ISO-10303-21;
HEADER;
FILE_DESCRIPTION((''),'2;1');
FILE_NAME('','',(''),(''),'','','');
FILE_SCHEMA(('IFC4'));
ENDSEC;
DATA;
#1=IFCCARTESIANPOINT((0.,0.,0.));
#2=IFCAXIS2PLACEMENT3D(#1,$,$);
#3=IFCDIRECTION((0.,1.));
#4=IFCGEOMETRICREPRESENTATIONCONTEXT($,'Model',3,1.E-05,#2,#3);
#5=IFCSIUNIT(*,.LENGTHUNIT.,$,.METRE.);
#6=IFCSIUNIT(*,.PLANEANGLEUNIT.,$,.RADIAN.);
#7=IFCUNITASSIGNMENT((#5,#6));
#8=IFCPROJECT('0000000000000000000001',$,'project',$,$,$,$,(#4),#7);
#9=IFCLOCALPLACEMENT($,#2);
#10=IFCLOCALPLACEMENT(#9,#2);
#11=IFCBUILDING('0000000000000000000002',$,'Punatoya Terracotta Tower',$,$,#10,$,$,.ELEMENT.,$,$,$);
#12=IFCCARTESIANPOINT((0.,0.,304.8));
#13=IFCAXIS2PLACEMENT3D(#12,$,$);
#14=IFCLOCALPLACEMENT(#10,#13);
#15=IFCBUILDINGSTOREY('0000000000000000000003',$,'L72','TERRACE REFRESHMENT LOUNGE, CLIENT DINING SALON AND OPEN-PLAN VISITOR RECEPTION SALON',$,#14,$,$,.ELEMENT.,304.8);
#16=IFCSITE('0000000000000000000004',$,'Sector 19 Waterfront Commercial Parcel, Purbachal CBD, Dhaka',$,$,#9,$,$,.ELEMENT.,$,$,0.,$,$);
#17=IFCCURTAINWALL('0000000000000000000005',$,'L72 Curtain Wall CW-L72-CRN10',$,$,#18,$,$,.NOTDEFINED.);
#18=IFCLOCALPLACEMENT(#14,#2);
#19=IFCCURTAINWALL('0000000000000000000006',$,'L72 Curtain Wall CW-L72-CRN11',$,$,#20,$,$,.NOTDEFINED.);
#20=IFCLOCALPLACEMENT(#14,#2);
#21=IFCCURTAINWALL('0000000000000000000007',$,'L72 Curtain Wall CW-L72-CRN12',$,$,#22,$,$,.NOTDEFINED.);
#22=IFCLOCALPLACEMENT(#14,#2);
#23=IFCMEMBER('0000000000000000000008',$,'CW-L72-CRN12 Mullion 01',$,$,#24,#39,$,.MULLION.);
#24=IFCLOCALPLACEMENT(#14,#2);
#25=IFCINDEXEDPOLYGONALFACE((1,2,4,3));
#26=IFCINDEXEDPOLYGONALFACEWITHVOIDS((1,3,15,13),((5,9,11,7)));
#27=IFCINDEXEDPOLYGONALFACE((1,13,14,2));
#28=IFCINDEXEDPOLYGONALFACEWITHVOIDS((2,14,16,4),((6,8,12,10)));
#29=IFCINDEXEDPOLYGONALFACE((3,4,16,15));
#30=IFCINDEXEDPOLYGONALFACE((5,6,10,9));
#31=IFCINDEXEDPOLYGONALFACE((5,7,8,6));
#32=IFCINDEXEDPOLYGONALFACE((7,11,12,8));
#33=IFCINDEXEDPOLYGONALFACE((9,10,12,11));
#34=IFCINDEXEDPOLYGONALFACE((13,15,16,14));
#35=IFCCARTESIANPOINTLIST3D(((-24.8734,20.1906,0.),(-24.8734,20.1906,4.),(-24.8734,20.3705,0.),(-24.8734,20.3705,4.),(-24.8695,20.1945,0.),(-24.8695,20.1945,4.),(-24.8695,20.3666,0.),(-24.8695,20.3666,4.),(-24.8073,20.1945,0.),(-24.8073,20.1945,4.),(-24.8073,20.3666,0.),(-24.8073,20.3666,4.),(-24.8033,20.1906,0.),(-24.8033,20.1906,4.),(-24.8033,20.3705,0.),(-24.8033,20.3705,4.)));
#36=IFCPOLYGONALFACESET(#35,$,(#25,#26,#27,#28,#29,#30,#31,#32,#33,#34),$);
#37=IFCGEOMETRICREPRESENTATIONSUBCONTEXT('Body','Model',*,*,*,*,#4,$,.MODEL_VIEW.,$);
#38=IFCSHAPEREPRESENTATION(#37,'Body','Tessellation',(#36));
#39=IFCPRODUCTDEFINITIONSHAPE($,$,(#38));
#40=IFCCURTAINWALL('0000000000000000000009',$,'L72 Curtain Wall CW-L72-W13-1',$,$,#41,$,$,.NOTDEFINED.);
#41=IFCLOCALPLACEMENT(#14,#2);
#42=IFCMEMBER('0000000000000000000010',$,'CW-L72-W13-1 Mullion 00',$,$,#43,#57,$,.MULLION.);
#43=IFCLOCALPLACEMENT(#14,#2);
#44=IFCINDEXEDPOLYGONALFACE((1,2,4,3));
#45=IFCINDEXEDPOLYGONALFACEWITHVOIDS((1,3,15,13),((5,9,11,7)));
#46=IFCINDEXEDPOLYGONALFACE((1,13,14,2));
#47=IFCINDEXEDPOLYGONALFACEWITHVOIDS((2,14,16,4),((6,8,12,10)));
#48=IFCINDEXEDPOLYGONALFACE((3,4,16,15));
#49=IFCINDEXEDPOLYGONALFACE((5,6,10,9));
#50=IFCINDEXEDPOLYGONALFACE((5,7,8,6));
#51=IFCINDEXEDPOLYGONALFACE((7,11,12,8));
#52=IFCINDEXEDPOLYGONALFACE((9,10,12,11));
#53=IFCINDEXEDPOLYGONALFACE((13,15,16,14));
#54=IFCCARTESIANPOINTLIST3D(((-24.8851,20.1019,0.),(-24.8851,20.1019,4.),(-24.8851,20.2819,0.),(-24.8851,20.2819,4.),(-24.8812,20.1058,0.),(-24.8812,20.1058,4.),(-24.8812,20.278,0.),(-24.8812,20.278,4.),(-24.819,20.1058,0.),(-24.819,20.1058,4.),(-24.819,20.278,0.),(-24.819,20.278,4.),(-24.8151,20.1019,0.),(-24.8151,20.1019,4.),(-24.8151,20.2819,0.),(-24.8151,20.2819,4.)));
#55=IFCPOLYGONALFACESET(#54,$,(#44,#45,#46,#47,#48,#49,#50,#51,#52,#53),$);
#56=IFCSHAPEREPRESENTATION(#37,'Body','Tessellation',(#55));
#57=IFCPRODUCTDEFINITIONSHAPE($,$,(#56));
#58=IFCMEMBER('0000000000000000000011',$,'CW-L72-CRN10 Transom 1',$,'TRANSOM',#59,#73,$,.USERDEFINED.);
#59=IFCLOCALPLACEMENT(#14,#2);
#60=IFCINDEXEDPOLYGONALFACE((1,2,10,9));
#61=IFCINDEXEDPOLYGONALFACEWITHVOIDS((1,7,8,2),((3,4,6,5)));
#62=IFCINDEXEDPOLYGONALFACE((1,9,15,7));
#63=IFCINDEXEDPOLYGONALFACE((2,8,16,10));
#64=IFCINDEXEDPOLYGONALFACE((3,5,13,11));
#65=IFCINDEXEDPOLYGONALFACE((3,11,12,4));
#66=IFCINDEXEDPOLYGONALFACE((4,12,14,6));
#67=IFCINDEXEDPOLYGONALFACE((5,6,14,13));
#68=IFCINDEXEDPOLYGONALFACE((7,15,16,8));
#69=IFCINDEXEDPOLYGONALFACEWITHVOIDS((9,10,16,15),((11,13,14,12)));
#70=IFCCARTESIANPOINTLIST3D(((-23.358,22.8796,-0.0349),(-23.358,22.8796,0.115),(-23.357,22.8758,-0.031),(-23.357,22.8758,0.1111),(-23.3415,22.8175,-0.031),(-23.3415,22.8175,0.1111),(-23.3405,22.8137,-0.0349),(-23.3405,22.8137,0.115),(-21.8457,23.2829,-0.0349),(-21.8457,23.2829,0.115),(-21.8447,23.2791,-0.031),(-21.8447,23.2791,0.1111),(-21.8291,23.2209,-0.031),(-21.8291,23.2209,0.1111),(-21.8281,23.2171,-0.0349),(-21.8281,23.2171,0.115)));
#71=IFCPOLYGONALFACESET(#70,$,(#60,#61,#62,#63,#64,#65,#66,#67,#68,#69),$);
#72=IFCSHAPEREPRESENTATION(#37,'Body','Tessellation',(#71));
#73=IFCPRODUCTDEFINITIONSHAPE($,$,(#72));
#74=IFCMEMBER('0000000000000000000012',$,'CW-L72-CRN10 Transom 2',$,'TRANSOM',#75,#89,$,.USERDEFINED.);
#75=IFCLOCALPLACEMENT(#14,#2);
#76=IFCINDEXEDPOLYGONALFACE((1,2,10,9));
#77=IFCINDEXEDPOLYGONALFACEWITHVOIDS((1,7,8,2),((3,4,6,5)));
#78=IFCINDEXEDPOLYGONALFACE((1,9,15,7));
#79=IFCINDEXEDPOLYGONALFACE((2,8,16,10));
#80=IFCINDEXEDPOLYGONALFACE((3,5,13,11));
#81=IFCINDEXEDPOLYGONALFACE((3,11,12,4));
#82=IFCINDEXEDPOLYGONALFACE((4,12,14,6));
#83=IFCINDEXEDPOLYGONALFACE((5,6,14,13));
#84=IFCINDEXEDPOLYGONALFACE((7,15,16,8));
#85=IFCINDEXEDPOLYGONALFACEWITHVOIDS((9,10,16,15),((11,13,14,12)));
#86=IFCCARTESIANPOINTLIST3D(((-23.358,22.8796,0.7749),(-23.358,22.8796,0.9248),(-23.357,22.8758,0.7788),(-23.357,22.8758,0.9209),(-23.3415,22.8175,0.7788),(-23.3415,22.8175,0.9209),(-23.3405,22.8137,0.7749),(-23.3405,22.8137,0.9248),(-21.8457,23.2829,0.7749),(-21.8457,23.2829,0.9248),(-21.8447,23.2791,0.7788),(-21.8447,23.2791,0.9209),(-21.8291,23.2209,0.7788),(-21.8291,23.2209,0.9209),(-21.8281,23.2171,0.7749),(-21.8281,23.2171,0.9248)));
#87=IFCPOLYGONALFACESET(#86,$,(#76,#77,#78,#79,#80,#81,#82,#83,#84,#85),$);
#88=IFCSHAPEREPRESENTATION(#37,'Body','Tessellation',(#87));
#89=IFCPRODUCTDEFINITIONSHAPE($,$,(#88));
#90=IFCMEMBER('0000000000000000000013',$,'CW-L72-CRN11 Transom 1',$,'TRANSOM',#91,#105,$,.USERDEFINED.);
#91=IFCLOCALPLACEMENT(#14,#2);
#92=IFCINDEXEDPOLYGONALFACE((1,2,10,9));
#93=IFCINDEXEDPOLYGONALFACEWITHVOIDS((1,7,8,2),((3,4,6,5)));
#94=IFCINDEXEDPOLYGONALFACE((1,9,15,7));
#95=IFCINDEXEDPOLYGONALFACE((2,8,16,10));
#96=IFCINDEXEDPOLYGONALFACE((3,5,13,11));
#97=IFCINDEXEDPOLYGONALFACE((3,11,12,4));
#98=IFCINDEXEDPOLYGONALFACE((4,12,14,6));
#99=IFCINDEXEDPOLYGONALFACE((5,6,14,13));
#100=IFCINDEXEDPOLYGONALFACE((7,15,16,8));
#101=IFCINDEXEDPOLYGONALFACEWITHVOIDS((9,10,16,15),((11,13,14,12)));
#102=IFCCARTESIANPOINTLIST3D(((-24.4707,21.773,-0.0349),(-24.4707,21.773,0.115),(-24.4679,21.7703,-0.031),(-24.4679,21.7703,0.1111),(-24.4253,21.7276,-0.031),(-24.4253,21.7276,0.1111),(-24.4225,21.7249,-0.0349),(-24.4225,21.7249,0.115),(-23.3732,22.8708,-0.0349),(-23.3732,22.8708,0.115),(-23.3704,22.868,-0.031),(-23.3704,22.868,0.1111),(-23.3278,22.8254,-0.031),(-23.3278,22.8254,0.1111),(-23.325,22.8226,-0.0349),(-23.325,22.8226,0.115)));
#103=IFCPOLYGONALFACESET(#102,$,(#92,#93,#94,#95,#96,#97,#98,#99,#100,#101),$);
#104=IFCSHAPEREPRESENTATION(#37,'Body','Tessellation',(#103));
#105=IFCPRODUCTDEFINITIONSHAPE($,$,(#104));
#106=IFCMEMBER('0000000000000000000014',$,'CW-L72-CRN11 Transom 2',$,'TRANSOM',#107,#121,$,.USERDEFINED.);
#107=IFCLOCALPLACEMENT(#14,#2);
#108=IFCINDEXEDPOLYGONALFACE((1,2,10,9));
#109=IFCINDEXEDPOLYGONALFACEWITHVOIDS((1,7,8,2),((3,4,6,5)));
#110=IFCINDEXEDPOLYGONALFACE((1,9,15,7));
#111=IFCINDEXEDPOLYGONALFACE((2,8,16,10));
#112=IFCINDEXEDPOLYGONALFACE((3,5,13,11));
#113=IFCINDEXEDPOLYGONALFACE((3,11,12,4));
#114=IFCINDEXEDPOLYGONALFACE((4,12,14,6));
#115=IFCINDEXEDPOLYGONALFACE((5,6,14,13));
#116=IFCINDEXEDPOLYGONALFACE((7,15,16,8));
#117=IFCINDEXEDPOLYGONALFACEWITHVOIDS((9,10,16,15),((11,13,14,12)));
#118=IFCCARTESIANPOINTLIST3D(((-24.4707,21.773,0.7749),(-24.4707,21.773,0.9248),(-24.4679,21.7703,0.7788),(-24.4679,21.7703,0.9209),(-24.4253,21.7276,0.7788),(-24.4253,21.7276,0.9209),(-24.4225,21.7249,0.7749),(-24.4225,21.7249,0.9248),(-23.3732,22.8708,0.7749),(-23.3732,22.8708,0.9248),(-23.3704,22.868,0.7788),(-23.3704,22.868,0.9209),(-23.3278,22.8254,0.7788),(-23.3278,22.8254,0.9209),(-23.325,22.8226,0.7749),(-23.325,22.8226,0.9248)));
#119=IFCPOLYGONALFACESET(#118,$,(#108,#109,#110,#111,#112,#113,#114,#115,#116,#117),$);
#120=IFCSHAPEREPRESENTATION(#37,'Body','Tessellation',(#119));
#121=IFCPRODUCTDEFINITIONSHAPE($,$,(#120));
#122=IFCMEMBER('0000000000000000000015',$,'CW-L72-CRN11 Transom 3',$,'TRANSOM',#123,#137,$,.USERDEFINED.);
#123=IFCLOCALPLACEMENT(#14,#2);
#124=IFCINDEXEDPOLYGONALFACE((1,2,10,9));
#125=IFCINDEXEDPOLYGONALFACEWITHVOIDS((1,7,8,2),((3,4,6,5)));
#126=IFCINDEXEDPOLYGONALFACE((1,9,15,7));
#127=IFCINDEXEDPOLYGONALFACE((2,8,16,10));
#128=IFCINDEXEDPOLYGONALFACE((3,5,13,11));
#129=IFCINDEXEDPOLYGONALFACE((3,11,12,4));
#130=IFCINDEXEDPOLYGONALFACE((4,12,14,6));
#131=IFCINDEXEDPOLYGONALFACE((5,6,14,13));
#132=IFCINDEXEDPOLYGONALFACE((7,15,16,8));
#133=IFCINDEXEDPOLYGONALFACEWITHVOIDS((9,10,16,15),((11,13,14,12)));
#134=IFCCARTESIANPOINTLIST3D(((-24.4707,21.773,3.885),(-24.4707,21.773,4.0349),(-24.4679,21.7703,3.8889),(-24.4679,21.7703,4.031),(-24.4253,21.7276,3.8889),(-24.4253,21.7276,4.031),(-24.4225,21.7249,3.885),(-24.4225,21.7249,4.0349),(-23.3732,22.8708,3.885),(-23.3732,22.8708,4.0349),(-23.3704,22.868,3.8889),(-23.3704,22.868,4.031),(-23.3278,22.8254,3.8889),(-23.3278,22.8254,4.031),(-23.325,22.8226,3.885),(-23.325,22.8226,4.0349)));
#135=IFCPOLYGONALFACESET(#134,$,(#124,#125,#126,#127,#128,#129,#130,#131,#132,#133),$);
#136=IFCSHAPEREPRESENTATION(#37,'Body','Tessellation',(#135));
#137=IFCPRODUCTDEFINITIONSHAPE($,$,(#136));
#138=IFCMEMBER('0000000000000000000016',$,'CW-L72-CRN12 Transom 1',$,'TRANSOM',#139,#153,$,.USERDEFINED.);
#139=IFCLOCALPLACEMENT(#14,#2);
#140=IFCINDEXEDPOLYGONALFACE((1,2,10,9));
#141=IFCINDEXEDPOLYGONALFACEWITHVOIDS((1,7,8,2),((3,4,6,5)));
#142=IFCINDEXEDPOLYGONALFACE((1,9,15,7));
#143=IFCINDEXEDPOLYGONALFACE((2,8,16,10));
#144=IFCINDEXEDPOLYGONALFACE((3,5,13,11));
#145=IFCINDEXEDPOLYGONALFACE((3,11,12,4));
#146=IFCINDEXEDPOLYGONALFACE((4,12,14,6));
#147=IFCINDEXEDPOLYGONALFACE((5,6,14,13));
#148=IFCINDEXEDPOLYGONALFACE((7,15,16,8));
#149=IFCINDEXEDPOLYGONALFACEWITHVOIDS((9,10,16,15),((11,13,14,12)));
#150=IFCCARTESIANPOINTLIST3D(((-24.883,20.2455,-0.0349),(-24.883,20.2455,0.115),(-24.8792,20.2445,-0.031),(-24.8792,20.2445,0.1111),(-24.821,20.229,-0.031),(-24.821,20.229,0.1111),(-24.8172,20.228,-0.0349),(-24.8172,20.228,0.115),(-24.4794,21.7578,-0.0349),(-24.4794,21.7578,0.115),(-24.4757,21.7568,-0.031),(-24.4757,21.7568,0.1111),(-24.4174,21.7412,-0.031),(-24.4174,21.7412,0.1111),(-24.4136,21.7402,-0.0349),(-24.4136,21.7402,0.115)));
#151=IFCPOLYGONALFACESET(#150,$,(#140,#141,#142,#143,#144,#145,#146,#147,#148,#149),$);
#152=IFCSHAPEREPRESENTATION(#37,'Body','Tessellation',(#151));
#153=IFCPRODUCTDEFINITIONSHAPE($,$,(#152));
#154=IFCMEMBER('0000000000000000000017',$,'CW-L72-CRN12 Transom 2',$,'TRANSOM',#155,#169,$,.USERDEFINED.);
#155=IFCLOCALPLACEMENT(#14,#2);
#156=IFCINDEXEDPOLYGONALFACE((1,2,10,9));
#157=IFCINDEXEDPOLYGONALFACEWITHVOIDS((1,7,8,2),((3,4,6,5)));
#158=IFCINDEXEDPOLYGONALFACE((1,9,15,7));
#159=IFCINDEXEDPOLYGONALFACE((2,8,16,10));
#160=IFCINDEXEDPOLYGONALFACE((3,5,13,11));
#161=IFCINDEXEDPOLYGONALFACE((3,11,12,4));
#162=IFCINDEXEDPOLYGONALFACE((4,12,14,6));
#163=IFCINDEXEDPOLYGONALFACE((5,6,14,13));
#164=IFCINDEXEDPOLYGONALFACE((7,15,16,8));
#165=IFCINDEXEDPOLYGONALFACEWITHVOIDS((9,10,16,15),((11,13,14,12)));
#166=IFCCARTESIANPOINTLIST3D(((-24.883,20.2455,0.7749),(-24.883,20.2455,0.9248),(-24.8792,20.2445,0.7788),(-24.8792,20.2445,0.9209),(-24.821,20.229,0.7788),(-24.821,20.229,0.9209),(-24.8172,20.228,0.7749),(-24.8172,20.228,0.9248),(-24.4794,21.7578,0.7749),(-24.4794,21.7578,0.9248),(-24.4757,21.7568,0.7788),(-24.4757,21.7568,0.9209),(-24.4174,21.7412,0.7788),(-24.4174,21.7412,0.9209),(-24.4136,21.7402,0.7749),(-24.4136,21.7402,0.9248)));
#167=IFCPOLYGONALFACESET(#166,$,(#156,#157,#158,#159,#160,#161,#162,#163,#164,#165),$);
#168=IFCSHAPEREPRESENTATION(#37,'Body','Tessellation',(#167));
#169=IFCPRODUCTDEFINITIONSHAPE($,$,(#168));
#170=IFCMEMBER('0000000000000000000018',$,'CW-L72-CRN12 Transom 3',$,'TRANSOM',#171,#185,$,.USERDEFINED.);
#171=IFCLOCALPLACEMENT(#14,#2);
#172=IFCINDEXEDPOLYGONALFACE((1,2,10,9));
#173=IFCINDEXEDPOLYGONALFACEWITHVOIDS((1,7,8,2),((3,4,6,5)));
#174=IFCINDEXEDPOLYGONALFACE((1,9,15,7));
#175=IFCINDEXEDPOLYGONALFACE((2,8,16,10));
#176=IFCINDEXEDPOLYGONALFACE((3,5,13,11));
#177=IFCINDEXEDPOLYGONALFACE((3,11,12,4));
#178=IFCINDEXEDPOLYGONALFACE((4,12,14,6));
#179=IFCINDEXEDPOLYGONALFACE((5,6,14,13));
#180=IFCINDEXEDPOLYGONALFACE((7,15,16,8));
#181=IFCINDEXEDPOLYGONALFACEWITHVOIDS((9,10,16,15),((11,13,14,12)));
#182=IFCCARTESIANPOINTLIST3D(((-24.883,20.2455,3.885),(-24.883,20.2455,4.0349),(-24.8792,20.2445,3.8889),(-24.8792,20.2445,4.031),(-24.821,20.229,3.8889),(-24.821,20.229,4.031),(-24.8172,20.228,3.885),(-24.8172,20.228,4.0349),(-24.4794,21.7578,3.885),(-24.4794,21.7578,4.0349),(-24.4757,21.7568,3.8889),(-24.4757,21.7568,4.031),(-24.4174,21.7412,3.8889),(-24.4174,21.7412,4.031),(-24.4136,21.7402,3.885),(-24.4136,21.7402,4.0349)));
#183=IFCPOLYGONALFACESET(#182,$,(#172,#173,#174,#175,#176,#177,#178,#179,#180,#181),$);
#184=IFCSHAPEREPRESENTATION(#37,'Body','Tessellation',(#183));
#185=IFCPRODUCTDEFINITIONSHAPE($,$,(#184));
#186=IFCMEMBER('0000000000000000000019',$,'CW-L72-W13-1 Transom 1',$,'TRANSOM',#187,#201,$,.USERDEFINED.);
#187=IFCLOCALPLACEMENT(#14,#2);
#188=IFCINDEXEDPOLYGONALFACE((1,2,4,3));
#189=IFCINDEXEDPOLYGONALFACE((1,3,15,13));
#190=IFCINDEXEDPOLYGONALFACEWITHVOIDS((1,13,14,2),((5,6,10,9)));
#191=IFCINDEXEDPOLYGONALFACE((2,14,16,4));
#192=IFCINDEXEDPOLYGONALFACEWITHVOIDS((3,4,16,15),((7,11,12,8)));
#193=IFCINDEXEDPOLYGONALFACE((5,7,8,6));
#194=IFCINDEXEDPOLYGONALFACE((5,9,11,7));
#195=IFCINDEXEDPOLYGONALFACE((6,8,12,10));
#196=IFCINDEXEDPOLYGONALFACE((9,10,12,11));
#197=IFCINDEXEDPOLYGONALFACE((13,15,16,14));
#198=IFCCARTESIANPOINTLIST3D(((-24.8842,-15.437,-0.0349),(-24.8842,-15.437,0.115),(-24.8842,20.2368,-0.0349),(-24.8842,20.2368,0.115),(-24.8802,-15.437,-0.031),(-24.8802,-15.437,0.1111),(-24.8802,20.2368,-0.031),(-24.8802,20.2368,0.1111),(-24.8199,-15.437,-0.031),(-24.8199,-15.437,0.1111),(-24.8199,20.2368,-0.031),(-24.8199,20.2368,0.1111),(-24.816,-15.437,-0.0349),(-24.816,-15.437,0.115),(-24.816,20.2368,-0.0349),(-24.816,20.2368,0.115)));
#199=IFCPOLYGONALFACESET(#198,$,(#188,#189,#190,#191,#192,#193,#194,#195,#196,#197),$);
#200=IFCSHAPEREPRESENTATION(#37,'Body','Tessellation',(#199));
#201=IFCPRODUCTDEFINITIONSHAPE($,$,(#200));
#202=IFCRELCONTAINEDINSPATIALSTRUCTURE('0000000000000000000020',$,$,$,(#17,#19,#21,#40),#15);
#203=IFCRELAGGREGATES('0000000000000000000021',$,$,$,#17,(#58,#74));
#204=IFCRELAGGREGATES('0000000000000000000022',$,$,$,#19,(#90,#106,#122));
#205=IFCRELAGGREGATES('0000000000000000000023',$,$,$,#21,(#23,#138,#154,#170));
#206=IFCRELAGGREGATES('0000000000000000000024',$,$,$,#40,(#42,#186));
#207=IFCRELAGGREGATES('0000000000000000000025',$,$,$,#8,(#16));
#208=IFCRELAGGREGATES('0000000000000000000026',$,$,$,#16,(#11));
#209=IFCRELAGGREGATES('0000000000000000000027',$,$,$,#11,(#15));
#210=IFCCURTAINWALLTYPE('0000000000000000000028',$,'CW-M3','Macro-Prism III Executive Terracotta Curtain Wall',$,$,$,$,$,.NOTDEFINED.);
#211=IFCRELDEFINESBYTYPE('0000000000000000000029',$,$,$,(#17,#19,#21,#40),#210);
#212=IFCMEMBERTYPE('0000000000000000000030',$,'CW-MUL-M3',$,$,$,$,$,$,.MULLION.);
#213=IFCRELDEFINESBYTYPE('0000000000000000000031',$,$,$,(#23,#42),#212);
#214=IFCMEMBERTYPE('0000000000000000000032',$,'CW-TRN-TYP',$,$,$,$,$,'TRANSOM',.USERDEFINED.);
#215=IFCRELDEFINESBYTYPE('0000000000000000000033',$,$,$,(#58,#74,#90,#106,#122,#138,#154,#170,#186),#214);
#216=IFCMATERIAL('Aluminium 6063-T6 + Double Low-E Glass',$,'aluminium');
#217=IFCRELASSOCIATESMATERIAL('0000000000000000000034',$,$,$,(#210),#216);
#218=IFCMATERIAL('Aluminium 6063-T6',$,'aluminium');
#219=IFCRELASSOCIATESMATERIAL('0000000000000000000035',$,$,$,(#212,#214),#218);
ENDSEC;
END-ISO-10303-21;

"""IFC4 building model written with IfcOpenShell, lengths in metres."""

from ifc_helpers import new_model, si_unit, direction, frame, origin, origin_2d, place, context, subcontext, project, spatial, hollow_rectangle, extrude, material, material_profile, profile_set, type_object, element, aggregate, save


model = new_model("IFC4")

# Units and contexts
model_context = context("Model", 3, precision=1e-05, world=origin(), true_north=direction((0.0, 1.0)))
body_context = subcontext(model_context, "Body", "Model", "MODEL_VIEW")
ifc_project = project(units=[si_unit("LENGTHUNIT", "METRE"), si_unit("PLANEANGLEUNIT", "RADIAN")], contexts=[model_context])

# Site, building, storey
site_placement = place(None, origin())
site = spatial("IfcSite", under=ifc_project, at=site_placement, Name="Sector 19 Waterfront Commercial Parcel, Purbachal CBD, Dhaka", CompositionType="ELEMENT", RefElevation=0.0)
building_placement = place(site_placement, origin())
building = spatial("IfcBuilding", under=site, at=building_placement, Name="Punatoya Terracotta Tower", CompositionType="ELEMENT")
storey_placement = place(building_placement, frame((0.0, 0.0, 304.8)))
storey = spatial("IfcBuildingStorey", under=building, at=storey_placement, Name="L72", Description="TERRACE REFRESHMENT LOUNGE, CLIENT DINING SALON AND OPEN-PLAN VISITOR RECEPTION SALON", CompositionType="ELEMENT", Elevation=304.8)

# Curtain walls, member
ifc_material_1 = material(Name="Aluminium 6063-T6 + Double Low-E Glass", Category="aluminium")
curtain_wall_type = type_object("IfcCurtainWallType", Name="CW-M3", Description="Macro-Prism III Executive Terracotta Curtain Wall", PredefinedType="NOTDEFINED", material=ifc_material_1)
curtain_wall_1_placement = place(storey_placement, origin())
curtain_wall_1 = element("IfcCurtainWall", 1, at=curtain_wall_1_placement, inside=storey, type_object=curtain_wall_type, Name="L72 Curtain Wall CW-L72-CRN10", PredefinedType="NOTDEFINED")
ifc_material_2 = material(Name="Aluminium 6063-T6", Category="aluminium")
ifc_material_profile_1 = material_profile(ifc_material_2, hollow_rectangle(XDim=0.0701, YDim=0.1799, WallThickness=0.0039, at=origin_2d()))
ifc_profile_set_1 = profile_set([ifc_material_profile_1], Name="Aluminium 6063-T6")
member_type_1 = type_object("IfcMemberType", Name="CW-MUL-M3", PredefinedType="MULLION", material=ifc_profile_set_1)
curtain_wall_2_placement = place(storey_placement, origin())
curtain_wall_2 = element("IfcCurtainWall", 2, at=curtain_wall_2_placement, inside=storey, type_object=curtain_wall_type, Name="L72 Curtain Wall CW-L72-CRN11", PredefinedType="NOTDEFINED")
curtain_wall_3_placement = place(storey_placement, origin())
curtain_wall_3 = element("IfcCurtainWall", 3, at=curtain_wall_3_placement, inside=storey, type_object=curtain_wall_type, Name="L72 Curtain Wall CW-L72-CRN12", PredefinedType="NOTDEFINED")
member_1_placement = place(storey_placement, frame((-24.8384, 20.2805, 0.0), z_axis=(0.0, 0.0, 1.0), x_axis=(1.0, 0.0, 0.0)))
member_1 = element("IfcMember", 4, at=member_1_placement, type_object=member_type_1, Name="CW-L72-CRN12 Mullion 01", PredefinedType="MULLION", context=body_context, shape_type="SweptSolid", body=[
    extrude(hollow_rectangle(XDim=0.0701, YDim=0.1799, WallThickness=0.0039, at=origin_2d()), origin(), (0.0, 0.0, 1.0), 4.0),
])

# Curtain wall, member
curtain_wall_4_placement = place(storey_placement, origin())
curtain_wall_4 = element("IfcCurtainWall", 5, at=curtain_wall_4_placement, inside=storey, type_object=curtain_wall_type, Name="L72 Curtain Wall CW-L72-W13-1", PredefinedType="NOTDEFINED")
member_2_placement = place(storey_placement, frame((-24.8501, 20.1919, 0.0), z_axis=(0.0, 0.0, 1.0), x_axis=(1.0, 0.0, 0.0)))
member_2 = element("IfcMember", 6, at=member_2_placement, type_object=member_type_1, Name="CW-L72-W13-1 Mullion 00", PredefinedType="MULLION", context=body_context, shape_type="SweptSolid", body=[
    extrude(hollow_rectangle(XDim=0.0701, YDim=0.1799, WallThickness=0.0039, at=origin_2d()), origin(), (0.0, 0.0, 1.0), 4.0),
])

# Members
ifc_material_profile_2 = material_profile(ifc_material_2, hollow_rectangle(XDim=0.0681, YDim=0.1499, WallThickness=0.0039, at=origin_2d()))
ifc_profile_set_2 = profile_set([ifc_material_profile_2], Name="Aluminium 6063-T6")
member_type_2 = type_object("IfcMemberType", Name="CW-TRN-TYP", ElementType="TRANSOM", PredefinedType="USERDEFINED", material=ifc_profile_set_2)
member_3_placement = place(storey_placement, frame((-21.8369, 23.25, 0.04), z_axis=(-0.966225, -0.257701, 0.0), x_axis=(0.257701, -0.966225, 0.0)))
member_3 = element("IfcMember", 7, at=member_3_placement, type_object=member_type_2, Name="CW-L72-CRN10 Transom 1", ObjectType="TRANSOM", PredefinedType="USERDEFINED", context=body_context, shape_type="SweptSolid", body=[
    extrude(hollow_rectangle(XDim=0.0681, YDim=0.1499, WallThickness=0.0039, at=origin_2d()), origin(), (0.0, 0.0, 1.0), 1.5652),
])
member_4_placement = place(storey_placement, frame((-21.8369, 23.25, 0.8499), z_axis=(-0.966225, -0.257701, 0.0), x_axis=(0.257701, -0.966225, 0.0)))
member_4 = element("IfcMember", 8, at=member_4_placement, type_object=member_type_2, Name="CW-L72-CRN10 Transom 2", ObjectType="TRANSOM", PredefinedType="USERDEFINED", context=body_context, shape_type="SweptSolid", body=[
    extrude(hollow_rectangle(XDim=0.0681, YDim=0.1499, WallThickness=0.0039, at=origin_2d()), origin(), (0.0, 0.0, 1.0), 1.5652),
])
member_5_placement = place(storey_placement, frame((-23.3491, 22.8467, 0.04), z_axis=(-0.707028, -0.707185, 0.0), x_axis=(0.707185, -0.707028, 0.0)))
member_5 = element("IfcMember", 9, at=member_5_placement, type_object=member_type_2, Name="CW-L72-CRN11 Transom 1", ObjectType="TRANSOM", PredefinedType="USERDEFINED", context=body_context, shape_type="SweptSolid", body=[
    extrude(hollow_rectangle(XDim=0.0681, YDim=0.1499, WallThickness=0.0039, at=origin_2d()), origin(), (0.0, 0.0, 1.0), 1.5522),
])
member_6_placement = place(storey_placement, frame((-23.3491, 22.8467, 0.8499), z_axis=(-0.707028, -0.707185, 0.0), x_axis=(0.707185, -0.707028, 0.0)))
member_6 = element("IfcMember", 10, at=member_6_placement, type_object=member_type_2, Name="CW-L72-CRN11 Transom 2", ObjectType="TRANSOM", PredefinedType="USERDEFINED", context=body_context, shape_type="SweptSolid", body=[
    extrude(hollow_rectangle(XDim=0.0681, YDim=0.1499, WallThickness=0.0039, at=origin_2d()), origin(), (0.0, 0.0, 1.0), 1.5522),
])
member_7_placement = place(storey_placement, frame((-23.3491, 22.8467, 3.96), z_axis=(-0.707028, -0.707185, 0.0), x_axis=(0.707185, -0.707028, 0.0)))
member_7 = element("IfcMember", 11, at=member_7_placement, type_object=member_type_2, Name="CW-L72-CRN11 Transom 3", ObjectType="TRANSOM", PredefinedType="USERDEFINED", context=body_context, shape_type="SweptSolid", body=[
    extrude(hollow_rectangle(XDim=0.0681, YDim=0.1499, WallThickness=0.0039, at=origin_2d()), origin(), (0.0, 0.0, 1.0), 1.5522),
])
member_8_placement = place(storey_placement, frame((-24.4465, 21.749, 0.04), z_axis=(-0.257847, -0.966186, 0.0), x_axis=(0.966186, -0.257847, 0.0)))
member_8 = element("IfcMember", 12, at=member_8_placement, type_object=member_type_2, Name="CW-L72-CRN12 Transom 1", ObjectType="TRANSOM", PredefinedType="USERDEFINED", context=body_context, shape_type="SweptSolid", body=[
    extrude(hollow_rectangle(XDim=0.0681, YDim=0.1499, WallThickness=0.0039, at=origin_2d()), origin(), (0.0, 0.0, 1.0), 1.5652),
])
member_9_placement = place(storey_placement, frame((-24.4465, 21.749, 0.8499), z_axis=(-0.257847, -0.966186, 0.0), x_axis=(0.966186, -0.257847, 0.0)))
member_9 = element("IfcMember", 13, at=member_9_placement, type_object=member_type_2, Name="CW-L72-CRN12 Transom 2", ObjectType="TRANSOM", PredefinedType="USERDEFINED", context=body_context, shape_type="SweptSolid", body=[
    extrude(hollow_rectangle(XDim=0.0681, YDim=0.1499, WallThickness=0.0039, at=origin_2d()), origin(), (0.0, 0.0, 1.0), 1.5652),
])
member_10_placement = place(storey_placement, frame((-24.4465, 21.749, 3.96), z_axis=(-0.257847, -0.966186, 0.0), x_axis=(0.966186, -0.257847, 0.0)))
member_10 = element("IfcMember", 14, at=member_10_placement, type_object=member_type_2, Name="CW-L72-CRN12 Transom 3", ObjectType="TRANSOM", PredefinedType="USERDEFINED", context=body_context, shape_type="SweptSolid", body=[
    extrude(hollow_rectangle(XDim=0.0681, YDim=0.1499, WallThickness=0.0039, at=origin_2d()), origin(), (0.0, 0.0, 1.0), 1.5652),
])
member_11_placement = place(storey_placement, frame((-24.8501, 20.2368, 0.04), z_axis=(0.0, -1.0, 0.0), x_axis=(1.0, 0.0, 0.0)))
member_11 = element("IfcMember", 15, at=member_11_placement, type_object=member_type_2, Name="CW-L72-W13-1 Transom 1", ObjectType="TRANSOM", PredefinedType="USERDEFINED", context=body_context, shape_type="SweptSolid", body=[
    extrude(hollow_rectangle(XDim=0.0681, YDim=0.1499, WallThickness=0.0039, at=origin_2d()), origin(), (0.0, 0.0, 1.0), 35.6738),
])

aggregate(curtain_wall_1, [member_3, member_4])
aggregate(curtain_wall_2, [member_5, member_6, member_7])
aggregate(curtain_wall_3, [member_1, member_8, member_9, member_10])
aggregate(curtain_wall_4, [member_2, member_11])

save(model, "model.ifc")
